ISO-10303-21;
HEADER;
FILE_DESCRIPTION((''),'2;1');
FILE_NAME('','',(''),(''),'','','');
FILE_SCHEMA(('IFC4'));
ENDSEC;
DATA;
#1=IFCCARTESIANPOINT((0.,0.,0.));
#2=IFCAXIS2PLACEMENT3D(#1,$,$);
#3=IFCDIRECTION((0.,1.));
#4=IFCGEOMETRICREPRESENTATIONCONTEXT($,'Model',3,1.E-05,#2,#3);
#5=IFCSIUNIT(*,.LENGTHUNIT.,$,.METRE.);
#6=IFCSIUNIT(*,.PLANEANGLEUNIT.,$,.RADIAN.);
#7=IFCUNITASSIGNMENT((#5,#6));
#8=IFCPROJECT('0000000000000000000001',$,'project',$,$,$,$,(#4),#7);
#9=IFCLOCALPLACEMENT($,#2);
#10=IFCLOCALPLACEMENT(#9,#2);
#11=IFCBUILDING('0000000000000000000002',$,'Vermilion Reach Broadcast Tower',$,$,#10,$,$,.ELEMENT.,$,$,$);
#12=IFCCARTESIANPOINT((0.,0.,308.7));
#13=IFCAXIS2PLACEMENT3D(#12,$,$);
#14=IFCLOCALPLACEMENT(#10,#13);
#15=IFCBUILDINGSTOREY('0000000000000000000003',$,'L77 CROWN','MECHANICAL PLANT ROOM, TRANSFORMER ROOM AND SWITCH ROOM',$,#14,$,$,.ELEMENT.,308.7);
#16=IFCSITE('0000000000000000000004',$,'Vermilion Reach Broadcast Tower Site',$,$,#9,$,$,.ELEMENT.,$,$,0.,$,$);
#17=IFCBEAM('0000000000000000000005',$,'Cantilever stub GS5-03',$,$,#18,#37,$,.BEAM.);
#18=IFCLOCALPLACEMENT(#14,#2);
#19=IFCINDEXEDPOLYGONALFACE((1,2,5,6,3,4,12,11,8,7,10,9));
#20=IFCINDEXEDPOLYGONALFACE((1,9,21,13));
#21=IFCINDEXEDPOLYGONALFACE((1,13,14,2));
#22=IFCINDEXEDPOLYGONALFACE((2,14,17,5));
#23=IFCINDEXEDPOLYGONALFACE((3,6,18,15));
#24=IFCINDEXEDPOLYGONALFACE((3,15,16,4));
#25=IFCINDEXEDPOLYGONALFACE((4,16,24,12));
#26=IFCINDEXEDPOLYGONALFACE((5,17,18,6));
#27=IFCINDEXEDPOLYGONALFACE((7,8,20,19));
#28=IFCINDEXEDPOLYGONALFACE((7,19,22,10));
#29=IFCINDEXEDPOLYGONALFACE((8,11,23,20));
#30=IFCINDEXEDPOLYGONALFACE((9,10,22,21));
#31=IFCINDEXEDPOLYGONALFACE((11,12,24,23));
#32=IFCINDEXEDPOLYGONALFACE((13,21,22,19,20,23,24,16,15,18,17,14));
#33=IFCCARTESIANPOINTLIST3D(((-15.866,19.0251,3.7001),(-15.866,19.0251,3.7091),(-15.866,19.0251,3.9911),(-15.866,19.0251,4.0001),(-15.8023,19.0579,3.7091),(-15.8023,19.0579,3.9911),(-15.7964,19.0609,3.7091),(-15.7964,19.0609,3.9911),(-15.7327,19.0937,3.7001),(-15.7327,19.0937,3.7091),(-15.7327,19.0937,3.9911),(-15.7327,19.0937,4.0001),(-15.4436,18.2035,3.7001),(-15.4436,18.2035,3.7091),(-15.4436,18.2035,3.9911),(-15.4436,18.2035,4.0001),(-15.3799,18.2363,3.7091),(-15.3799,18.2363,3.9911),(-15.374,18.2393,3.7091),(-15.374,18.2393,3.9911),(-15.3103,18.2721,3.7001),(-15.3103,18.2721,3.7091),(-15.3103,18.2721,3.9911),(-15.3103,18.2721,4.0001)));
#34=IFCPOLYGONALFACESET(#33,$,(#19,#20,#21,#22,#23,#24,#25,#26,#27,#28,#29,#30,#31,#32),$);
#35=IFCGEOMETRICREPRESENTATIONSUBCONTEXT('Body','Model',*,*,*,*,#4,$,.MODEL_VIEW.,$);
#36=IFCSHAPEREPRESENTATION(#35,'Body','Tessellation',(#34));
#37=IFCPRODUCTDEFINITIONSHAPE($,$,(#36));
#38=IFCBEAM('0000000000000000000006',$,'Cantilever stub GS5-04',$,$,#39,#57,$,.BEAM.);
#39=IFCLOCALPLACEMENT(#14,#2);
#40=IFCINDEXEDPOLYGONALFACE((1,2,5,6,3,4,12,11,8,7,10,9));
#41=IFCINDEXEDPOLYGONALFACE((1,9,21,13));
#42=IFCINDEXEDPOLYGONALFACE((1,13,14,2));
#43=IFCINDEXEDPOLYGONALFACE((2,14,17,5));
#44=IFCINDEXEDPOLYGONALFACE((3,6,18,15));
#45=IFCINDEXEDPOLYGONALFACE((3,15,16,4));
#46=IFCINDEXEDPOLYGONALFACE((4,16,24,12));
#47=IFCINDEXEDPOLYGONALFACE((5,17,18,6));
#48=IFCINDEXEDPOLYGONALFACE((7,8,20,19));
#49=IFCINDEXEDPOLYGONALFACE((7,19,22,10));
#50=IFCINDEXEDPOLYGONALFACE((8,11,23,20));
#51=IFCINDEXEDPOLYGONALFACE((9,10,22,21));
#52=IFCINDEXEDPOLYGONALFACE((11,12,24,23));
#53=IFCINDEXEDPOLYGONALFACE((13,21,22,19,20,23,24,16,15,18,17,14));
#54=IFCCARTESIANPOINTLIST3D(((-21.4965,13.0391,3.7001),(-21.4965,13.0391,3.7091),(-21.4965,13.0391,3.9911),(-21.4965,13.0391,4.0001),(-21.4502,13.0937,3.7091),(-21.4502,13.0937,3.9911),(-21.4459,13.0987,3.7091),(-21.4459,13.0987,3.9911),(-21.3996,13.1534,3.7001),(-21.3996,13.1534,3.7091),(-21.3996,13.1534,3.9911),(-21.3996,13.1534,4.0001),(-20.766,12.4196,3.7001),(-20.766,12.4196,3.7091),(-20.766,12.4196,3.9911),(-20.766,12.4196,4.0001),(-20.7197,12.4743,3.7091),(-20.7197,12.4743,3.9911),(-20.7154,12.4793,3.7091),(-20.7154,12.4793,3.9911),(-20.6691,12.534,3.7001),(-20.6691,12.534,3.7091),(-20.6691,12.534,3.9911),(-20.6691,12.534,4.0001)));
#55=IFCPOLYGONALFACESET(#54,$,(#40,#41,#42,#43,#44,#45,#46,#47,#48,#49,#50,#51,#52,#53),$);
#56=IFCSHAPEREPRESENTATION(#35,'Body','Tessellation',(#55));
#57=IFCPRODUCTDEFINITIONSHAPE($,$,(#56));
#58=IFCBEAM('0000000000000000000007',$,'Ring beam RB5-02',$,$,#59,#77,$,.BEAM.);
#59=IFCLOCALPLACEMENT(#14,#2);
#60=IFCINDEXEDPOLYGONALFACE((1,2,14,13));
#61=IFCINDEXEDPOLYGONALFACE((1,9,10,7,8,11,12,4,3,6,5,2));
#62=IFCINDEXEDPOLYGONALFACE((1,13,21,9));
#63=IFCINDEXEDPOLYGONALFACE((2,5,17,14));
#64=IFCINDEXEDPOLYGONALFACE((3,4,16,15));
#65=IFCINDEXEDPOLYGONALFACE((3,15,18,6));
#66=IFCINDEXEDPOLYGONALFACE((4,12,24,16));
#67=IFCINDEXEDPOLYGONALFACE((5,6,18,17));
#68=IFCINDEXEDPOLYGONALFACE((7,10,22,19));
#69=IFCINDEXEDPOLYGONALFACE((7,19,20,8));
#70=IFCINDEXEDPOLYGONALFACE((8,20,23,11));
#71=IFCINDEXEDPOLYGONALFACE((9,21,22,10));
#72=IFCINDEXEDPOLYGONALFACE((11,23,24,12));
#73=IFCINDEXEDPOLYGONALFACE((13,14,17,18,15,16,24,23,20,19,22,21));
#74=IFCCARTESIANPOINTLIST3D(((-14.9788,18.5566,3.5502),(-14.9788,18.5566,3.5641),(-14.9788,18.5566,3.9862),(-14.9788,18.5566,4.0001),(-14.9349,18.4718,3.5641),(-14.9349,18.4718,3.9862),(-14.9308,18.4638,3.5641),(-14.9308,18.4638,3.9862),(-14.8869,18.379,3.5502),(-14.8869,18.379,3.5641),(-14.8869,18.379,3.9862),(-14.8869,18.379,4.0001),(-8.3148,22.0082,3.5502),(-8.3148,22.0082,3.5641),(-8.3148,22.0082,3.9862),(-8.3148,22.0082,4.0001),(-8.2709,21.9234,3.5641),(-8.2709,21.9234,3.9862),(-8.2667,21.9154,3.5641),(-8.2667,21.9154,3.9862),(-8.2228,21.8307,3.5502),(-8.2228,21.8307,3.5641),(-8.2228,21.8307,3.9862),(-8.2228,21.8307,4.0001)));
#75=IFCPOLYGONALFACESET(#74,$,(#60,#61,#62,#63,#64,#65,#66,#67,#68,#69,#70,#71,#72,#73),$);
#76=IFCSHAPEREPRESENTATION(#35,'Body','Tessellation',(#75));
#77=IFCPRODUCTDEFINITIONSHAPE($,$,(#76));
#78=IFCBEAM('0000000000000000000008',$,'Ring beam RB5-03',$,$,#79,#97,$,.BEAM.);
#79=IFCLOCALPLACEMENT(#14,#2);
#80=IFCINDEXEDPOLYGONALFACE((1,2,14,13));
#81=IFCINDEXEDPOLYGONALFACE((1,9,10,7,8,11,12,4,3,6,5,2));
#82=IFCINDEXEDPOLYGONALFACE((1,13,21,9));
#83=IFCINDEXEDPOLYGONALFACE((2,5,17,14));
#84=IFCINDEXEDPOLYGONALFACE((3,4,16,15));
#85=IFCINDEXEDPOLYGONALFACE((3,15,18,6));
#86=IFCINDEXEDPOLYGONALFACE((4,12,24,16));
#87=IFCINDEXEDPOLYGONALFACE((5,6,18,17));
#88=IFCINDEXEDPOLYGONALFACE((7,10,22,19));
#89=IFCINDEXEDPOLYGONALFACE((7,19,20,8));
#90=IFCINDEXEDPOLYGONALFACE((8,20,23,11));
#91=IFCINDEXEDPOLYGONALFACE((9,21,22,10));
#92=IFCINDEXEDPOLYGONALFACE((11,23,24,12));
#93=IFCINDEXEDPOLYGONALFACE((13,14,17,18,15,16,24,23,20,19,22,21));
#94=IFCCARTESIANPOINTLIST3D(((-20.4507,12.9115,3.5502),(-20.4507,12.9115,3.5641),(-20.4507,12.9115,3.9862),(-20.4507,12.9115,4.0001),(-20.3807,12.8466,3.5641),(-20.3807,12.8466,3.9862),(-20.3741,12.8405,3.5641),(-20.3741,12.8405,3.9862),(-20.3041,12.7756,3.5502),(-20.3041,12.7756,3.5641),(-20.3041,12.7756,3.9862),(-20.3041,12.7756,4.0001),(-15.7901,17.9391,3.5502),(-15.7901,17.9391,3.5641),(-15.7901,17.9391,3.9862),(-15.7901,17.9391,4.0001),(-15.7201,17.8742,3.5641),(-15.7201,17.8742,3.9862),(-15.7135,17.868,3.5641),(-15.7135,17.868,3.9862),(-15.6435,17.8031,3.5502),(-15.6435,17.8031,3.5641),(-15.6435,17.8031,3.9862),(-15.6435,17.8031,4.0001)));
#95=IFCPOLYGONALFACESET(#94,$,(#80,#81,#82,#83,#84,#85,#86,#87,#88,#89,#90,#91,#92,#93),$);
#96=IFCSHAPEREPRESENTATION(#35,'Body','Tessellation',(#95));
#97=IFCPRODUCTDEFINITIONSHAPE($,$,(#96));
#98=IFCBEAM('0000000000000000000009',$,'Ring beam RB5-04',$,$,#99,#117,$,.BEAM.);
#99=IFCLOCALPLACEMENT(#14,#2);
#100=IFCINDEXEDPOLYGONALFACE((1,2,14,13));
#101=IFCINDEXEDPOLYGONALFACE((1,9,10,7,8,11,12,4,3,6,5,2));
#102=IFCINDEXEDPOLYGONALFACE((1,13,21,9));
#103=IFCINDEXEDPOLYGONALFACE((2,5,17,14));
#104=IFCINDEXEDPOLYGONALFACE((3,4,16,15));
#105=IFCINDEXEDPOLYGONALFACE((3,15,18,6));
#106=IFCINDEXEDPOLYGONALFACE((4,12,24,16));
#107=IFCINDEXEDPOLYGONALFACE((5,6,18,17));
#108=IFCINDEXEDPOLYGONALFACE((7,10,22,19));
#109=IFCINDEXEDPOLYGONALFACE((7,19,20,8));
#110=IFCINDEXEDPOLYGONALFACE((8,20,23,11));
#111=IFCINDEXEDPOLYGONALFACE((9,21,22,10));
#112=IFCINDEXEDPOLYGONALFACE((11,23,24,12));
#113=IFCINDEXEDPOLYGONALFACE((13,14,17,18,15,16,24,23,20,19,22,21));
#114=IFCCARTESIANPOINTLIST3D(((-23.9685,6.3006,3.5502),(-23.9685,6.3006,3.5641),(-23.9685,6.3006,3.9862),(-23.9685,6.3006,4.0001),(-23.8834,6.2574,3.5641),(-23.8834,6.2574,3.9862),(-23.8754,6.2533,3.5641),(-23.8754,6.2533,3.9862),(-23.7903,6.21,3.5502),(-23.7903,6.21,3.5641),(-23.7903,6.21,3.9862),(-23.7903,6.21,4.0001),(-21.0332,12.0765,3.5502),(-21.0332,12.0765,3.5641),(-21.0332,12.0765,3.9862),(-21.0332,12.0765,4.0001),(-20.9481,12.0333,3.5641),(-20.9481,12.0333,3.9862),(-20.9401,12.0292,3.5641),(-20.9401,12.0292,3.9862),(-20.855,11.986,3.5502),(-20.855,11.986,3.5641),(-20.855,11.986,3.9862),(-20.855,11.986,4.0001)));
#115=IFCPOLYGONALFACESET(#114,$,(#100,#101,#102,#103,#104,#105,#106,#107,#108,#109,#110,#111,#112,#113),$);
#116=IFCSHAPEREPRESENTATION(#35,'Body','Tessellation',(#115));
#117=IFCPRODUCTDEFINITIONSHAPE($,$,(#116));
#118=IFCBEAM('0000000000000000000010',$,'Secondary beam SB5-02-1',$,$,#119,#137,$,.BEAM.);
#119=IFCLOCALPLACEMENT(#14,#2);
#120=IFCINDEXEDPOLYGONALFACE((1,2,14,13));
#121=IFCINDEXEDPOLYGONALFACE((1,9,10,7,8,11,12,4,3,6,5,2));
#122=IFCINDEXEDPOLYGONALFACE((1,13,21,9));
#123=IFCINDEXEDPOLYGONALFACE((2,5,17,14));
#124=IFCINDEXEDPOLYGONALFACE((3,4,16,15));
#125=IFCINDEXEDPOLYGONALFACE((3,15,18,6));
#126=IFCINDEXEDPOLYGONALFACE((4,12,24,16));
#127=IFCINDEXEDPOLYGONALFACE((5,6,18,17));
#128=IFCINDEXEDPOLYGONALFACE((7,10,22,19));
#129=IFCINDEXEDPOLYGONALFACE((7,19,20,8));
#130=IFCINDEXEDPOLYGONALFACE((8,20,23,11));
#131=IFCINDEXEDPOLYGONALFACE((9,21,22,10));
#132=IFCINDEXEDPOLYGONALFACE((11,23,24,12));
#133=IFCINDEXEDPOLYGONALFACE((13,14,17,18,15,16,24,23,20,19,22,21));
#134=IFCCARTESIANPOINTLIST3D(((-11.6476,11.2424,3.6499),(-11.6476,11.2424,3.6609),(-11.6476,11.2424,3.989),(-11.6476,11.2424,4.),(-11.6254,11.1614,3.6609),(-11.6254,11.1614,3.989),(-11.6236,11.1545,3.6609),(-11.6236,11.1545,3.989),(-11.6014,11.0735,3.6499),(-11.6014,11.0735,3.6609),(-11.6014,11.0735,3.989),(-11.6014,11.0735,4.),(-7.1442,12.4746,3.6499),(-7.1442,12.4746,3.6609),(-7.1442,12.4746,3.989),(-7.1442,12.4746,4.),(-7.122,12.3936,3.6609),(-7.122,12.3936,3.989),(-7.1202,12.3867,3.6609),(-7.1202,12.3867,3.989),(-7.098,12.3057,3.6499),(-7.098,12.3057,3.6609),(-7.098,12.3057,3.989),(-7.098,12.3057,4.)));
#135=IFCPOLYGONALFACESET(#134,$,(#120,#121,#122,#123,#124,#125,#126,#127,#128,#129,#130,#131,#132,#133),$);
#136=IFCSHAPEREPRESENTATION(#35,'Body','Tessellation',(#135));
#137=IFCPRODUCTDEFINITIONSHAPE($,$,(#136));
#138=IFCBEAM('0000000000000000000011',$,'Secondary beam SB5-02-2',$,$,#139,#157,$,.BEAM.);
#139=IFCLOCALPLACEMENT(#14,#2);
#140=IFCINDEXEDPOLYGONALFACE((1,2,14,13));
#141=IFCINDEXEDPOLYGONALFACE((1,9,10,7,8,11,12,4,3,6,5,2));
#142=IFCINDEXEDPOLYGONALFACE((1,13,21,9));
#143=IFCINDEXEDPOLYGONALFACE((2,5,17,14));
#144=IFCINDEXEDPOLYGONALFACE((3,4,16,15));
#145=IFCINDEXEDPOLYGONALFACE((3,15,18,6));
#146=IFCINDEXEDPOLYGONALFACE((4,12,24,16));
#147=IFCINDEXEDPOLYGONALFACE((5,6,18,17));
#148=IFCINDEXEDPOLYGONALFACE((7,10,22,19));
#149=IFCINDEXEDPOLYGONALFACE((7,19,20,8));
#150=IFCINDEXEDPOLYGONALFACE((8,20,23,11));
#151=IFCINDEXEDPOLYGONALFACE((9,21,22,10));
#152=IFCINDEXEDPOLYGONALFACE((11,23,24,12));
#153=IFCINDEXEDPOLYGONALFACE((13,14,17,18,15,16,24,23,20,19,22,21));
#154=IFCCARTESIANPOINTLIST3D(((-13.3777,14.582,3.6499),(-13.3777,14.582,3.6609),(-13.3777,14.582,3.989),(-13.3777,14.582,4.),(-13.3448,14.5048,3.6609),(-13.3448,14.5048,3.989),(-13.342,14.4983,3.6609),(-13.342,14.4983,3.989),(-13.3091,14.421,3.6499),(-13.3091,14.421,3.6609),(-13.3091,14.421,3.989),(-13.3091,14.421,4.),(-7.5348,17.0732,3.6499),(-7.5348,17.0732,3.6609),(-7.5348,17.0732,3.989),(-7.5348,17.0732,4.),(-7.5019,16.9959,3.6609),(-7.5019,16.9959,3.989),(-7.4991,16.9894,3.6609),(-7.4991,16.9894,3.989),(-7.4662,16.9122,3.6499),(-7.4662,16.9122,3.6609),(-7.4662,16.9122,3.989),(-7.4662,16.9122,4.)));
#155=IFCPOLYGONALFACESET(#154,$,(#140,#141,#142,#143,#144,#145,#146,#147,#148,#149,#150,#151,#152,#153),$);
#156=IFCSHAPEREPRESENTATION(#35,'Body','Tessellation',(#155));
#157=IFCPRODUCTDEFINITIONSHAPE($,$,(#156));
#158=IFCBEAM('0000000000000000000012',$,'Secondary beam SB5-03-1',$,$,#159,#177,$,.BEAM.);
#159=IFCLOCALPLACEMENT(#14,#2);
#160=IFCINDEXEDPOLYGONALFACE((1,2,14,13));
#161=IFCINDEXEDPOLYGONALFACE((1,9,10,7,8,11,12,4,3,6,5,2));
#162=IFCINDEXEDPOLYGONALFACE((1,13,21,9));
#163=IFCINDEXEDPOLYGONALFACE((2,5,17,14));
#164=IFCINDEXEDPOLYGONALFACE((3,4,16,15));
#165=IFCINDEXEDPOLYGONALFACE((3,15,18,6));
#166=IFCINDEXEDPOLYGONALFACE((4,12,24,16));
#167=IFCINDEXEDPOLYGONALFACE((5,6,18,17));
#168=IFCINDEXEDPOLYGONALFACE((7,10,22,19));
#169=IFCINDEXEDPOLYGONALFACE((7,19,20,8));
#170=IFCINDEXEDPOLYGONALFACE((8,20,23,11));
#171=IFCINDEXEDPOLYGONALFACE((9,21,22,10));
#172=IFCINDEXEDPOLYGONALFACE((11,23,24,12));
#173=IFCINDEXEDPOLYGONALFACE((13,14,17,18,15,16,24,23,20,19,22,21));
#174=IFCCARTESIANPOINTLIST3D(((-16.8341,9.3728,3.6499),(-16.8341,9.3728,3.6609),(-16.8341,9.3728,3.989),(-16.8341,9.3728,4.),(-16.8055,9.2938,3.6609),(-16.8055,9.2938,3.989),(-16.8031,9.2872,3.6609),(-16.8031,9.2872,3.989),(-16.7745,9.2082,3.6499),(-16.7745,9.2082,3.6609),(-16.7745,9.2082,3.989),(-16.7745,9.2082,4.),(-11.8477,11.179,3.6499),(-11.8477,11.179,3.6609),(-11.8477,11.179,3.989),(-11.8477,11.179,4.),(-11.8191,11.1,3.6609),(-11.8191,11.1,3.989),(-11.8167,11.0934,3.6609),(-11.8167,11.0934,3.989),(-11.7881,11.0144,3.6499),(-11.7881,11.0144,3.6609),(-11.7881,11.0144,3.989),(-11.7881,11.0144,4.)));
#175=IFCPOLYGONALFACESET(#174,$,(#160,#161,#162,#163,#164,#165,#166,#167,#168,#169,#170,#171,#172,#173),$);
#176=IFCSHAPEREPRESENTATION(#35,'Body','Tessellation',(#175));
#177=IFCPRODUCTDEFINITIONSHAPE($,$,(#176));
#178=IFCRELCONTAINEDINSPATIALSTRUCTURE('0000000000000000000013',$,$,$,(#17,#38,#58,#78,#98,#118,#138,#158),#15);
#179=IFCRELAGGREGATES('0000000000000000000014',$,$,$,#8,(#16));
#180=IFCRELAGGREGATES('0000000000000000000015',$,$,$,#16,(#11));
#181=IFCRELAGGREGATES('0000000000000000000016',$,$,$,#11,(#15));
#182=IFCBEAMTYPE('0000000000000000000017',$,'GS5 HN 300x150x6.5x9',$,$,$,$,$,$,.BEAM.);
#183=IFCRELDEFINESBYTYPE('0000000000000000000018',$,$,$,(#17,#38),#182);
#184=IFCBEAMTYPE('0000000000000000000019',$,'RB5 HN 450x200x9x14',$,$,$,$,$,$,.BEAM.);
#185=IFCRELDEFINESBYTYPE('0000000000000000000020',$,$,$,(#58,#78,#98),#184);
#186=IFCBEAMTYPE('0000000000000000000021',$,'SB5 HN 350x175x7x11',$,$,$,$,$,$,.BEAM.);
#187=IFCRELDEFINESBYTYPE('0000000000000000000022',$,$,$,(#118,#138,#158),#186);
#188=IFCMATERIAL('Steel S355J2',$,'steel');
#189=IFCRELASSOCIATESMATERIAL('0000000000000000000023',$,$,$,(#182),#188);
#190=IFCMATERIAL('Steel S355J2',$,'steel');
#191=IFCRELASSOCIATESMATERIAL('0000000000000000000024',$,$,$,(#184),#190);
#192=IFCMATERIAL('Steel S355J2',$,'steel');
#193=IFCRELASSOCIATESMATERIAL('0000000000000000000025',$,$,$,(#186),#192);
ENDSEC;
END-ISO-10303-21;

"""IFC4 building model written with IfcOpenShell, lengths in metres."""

from ifc_helpers import new_model, si_unit, direction, frame, origin, origin_2d, place, context, subcontext, project, spatial, i_section, extrude, material, material_profile, profile_set, type_object, element, save


model = new_model("IFC4")

# Units and contexts
model_context = context("Model", 3, precision=1e-05, world=origin(), true_north=direction((0.0, 1.0)))
body_context = subcontext(model_context, "Body", "Model", "MODEL_VIEW")
ifc_project = project(units=[si_unit("LENGTHUNIT", "METRE"), si_unit("PLANEANGLEUNIT", "RADIAN")], contexts=[model_context])

# Site, building, storey
site_placement = place(None, origin())
site = spatial("IfcSite", under=ifc_project, at=site_placement, Name="Vermilion Reach Broadcast Tower Site", CompositionType="ELEMENT", RefElevation=0.0)
building_placement = place(site_placement, origin())
building = spatial("IfcBuilding", under=site, at=building_placement, Name="Vermilion Reach Broadcast Tower", CompositionType="ELEMENT")
storey_placement = place(building_placement, frame((0.0, 0.0, 308.7)))
storey = spatial("IfcBuildingStorey", under=building, at=storey_placement, Name="L77 CROWN", Description="MECHANICAL PLANT ROOM, TRANSFORMER ROOM AND SWITCH ROOM", CompositionType="ELEMENT", Elevation=308.7)

# Beams
ifc_material_1 = material(Name="Steel S355J2", Category="steel")
ifc_material_profile_1 = material_profile(ifc_material_1, i_section(OverallWidth=0.1499, OverallDepth=0.3, WebThickness=0.0066, FlangeThickness=0.009, at=origin_2d()), Name="S355J2 HN 300x150x6.5x9")
ifc_profile_set_1 = profile_set([ifc_material_profile_1], Name="Steel S355J2")
beam_type_1 = type_object("IfcBeamType", Name="GS5 HN 300x150x6.5x9", PredefinedType="BEAM", material=ifc_profile_set_1)
beam_1_placement = place(storey_placement, frame((-15.377, 18.2378, 3.8501), z_axis=(-0.457229, 0.889349, 0.0), x_axis=(-0.889349, -0.457229, 0.0)))
element("IfcBeam", 1, at=beam_1_placement, inside=storey, type_object=beam_type_1, Name="Cantilever stub GS5-03", PredefinedType="BEAM", context=body_context, shape_type="SweptSolid", body=[
    extrude(i_section(OverallWidth=0.1499, OverallDepth=0.3, WebThickness=0.0066, FlangeThickness=0.009, at=origin_2d()), origin(), (0.0, 0.0, 1.0), 0.9238),
])
beam_2_placement = place(storey_placement, frame((-20.7175, 12.4768, 3.8501), z_axis=(-0.762719, 0.64673, 0.0), x_axis=(-0.64673, -0.762719, 0.0)))
element("IfcBeam", 2, at=beam_2_placement, inside=storey, type_object=beam_type_1, Name="Cantilever stub GS5-04", PredefinedType="BEAM", context=body_context, shape_type="SweptSolid", body=[
    extrude(i_section(OverallWidth=0.1499, OverallDepth=0.3, WebThickness=0.0066, FlangeThickness=0.009, at=origin_2d()), origin(), (0.0, 0.0, 1.0), 0.9578),
])
ifc_material_2 = material(Name="Steel S355J2", Category="steel")
ifc_material_profile_2 = material_profile(ifc_material_2, i_section(OverallWidth=0.2, OverallDepth=0.45, WebThickness=0.009, FlangeThickness=0.0139, at=origin_2d()), Name="S355J2 HN 450x200x9x14")
ifc_profile_set_2 = profile_set([ifc_material_profile_2], Name="Steel S355J2")
beam_type_2 = type_object("IfcBeamType", Name="RB5 HN 450x200x9x14", PredefinedType="BEAM", material=ifc_profile_set_2)
beam_3_placement = place(storey_placement, frame((-8.2688, 21.9194, 3.7751), z_axis=(-0.88796, -0.45992, 0.0), x_axis=(0.45992, -0.88796, 0.0)))
element("IfcBeam", 3, at=beam_3_placement, inside=storey, type_object=beam_type_2, Name="Ring beam RB5-02", PredefinedType="BEAM", context=body_context, shape_type="SweptSolid", body=[
    extrude(i_section(OverallWidth=0.2, OverallDepth=0.45, WebThickness=0.009, FlangeThickness=0.0139, at=origin_2d()), origin(), (0.0, 0.0, 1.0), 7.5049),
])
beam_4_placement = place(storey_placement, frame((-15.7168, 17.8711, 3.7751), z_axis=(-0.679838, -0.733363, 0.0), x_axis=(0.733363, -0.679838, 0.0)))
element("IfcBeam", 4, at=beam_4_placement, inside=storey, type_object=beam_type_2, Name="Ring beam RB5-03", PredefinedType="BEAM", context=body_context, shape_type="SweptSolid", body=[
    extrude(i_section(OverallWidth=0.2, OverallDepth=0.45, WebThickness=0.009, FlangeThickness=0.0139, at=origin_2d()), origin(), (0.0, 0.0, 1.0), 6.8555),
])
beam_5_placement = place(storey_placement, frame((-20.9441, 12.0312, 3.7751), z_axis=(-0.453052, -0.891484, 0.0), x_axis=(0.891484, -0.453052, 0.0)))
element("IfcBeam", 5, at=beam_5_placement, inside=storey, type_object=beam_type_2, Name="Ring beam RB5-04", PredefinedType="BEAM", context=body_context, shape_type="SweptSolid", body=[
    extrude(i_section(OverallWidth=0.2, OverallDepth=0.45, WebThickness=0.009, FlangeThickness=0.0139, at=origin_2d()), origin(), (0.0, 0.0, 1.0), 6.479),
])
ifc_material_3 = material(Name="Steel S355J2", Category="steel")
ifc_material_profile_3 = material_profile(ifc_material_3, i_section(OverallWidth=0.175, OverallDepth=0.3501, WebThickness=0.0071, FlangeThickness=0.011, at=origin_2d()), Name="S355J2 HN 350x175x7x11")
ifc_profile_set_3 = profile_set([ifc_material_profile_3], Name="Steel S355J2")
beam_type_3 = type_object("IfcBeamType", Name="SB5 HN 350x175x7x11", PredefinedType="BEAM", material=ifc_profile_set_3)
beam_6_placement = place(storey_placement, frame((-7.1211, 12.3901, 3.825), z_axis=(-0.964547, -0.263909, 0.0), x_axis=(0.263909, -0.964547, 0.0)))
element("IfcBeam", 6, at=beam_6_placement, inside=storey, type_object=beam_type_3, Name="Secondary beam SB5-02-1", PredefinedType="BEAM", context=body_context, shape_type="SweptSolid", body=[
    extrude(i_section(OverallWidth=0.175, OverallDepth=0.3501, WebThickness=0.0071, FlangeThickness=0.011, at=origin_2d()), origin(), (0.0, 0.0, 1.0), 4.6689),
])
beam_7_placement = place(storey_placement, frame((-7.5005, 16.9927, 3.825), z_axis=(-0.919881, -0.392198, 0.0), x_axis=(0.392198, -0.919881, 0.0)))
element("IfcBeam", 7, at=beam_7_placement, inside=storey, type_object=beam_type_3, Name="Secondary beam SB5-02-2", PredefinedType="BEAM", context=body_context, shape_type="SweptSolid", body=[
    extrude(i_section(OverallWidth=0.175, OverallDepth=0.3501, WebThickness=0.0071, FlangeThickness=0.011, at=origin_2d()), origin(), (0.0, 0.0, 1.0), 6.3518),
])
beam_8_placement = place(storey_placement, frame((-11.8179, 11.0967, 3.825), z_axis=(-0.94022, -0.340567, 0.0), x_axis=(0.340567, -0.94022, 0.0)))
element("IfcBeam", 8, at=beam_8_placement, inside=storey, type_object=beam_type_3, Name="Secondary beam SB5-03-1", PredefinedType="BEAM", context=body_context, shape_type="SweptSolid", body=[
    extrude(i_section(OverallWidth=0.175, OverallDepth=0.3501, WebThickness=0.0071, FlangeThickness=0.011, at=origin_2d()), origin(), (0.0, 0.0, 1.0), 5.3035),
])

save(model, "model.ifc")
